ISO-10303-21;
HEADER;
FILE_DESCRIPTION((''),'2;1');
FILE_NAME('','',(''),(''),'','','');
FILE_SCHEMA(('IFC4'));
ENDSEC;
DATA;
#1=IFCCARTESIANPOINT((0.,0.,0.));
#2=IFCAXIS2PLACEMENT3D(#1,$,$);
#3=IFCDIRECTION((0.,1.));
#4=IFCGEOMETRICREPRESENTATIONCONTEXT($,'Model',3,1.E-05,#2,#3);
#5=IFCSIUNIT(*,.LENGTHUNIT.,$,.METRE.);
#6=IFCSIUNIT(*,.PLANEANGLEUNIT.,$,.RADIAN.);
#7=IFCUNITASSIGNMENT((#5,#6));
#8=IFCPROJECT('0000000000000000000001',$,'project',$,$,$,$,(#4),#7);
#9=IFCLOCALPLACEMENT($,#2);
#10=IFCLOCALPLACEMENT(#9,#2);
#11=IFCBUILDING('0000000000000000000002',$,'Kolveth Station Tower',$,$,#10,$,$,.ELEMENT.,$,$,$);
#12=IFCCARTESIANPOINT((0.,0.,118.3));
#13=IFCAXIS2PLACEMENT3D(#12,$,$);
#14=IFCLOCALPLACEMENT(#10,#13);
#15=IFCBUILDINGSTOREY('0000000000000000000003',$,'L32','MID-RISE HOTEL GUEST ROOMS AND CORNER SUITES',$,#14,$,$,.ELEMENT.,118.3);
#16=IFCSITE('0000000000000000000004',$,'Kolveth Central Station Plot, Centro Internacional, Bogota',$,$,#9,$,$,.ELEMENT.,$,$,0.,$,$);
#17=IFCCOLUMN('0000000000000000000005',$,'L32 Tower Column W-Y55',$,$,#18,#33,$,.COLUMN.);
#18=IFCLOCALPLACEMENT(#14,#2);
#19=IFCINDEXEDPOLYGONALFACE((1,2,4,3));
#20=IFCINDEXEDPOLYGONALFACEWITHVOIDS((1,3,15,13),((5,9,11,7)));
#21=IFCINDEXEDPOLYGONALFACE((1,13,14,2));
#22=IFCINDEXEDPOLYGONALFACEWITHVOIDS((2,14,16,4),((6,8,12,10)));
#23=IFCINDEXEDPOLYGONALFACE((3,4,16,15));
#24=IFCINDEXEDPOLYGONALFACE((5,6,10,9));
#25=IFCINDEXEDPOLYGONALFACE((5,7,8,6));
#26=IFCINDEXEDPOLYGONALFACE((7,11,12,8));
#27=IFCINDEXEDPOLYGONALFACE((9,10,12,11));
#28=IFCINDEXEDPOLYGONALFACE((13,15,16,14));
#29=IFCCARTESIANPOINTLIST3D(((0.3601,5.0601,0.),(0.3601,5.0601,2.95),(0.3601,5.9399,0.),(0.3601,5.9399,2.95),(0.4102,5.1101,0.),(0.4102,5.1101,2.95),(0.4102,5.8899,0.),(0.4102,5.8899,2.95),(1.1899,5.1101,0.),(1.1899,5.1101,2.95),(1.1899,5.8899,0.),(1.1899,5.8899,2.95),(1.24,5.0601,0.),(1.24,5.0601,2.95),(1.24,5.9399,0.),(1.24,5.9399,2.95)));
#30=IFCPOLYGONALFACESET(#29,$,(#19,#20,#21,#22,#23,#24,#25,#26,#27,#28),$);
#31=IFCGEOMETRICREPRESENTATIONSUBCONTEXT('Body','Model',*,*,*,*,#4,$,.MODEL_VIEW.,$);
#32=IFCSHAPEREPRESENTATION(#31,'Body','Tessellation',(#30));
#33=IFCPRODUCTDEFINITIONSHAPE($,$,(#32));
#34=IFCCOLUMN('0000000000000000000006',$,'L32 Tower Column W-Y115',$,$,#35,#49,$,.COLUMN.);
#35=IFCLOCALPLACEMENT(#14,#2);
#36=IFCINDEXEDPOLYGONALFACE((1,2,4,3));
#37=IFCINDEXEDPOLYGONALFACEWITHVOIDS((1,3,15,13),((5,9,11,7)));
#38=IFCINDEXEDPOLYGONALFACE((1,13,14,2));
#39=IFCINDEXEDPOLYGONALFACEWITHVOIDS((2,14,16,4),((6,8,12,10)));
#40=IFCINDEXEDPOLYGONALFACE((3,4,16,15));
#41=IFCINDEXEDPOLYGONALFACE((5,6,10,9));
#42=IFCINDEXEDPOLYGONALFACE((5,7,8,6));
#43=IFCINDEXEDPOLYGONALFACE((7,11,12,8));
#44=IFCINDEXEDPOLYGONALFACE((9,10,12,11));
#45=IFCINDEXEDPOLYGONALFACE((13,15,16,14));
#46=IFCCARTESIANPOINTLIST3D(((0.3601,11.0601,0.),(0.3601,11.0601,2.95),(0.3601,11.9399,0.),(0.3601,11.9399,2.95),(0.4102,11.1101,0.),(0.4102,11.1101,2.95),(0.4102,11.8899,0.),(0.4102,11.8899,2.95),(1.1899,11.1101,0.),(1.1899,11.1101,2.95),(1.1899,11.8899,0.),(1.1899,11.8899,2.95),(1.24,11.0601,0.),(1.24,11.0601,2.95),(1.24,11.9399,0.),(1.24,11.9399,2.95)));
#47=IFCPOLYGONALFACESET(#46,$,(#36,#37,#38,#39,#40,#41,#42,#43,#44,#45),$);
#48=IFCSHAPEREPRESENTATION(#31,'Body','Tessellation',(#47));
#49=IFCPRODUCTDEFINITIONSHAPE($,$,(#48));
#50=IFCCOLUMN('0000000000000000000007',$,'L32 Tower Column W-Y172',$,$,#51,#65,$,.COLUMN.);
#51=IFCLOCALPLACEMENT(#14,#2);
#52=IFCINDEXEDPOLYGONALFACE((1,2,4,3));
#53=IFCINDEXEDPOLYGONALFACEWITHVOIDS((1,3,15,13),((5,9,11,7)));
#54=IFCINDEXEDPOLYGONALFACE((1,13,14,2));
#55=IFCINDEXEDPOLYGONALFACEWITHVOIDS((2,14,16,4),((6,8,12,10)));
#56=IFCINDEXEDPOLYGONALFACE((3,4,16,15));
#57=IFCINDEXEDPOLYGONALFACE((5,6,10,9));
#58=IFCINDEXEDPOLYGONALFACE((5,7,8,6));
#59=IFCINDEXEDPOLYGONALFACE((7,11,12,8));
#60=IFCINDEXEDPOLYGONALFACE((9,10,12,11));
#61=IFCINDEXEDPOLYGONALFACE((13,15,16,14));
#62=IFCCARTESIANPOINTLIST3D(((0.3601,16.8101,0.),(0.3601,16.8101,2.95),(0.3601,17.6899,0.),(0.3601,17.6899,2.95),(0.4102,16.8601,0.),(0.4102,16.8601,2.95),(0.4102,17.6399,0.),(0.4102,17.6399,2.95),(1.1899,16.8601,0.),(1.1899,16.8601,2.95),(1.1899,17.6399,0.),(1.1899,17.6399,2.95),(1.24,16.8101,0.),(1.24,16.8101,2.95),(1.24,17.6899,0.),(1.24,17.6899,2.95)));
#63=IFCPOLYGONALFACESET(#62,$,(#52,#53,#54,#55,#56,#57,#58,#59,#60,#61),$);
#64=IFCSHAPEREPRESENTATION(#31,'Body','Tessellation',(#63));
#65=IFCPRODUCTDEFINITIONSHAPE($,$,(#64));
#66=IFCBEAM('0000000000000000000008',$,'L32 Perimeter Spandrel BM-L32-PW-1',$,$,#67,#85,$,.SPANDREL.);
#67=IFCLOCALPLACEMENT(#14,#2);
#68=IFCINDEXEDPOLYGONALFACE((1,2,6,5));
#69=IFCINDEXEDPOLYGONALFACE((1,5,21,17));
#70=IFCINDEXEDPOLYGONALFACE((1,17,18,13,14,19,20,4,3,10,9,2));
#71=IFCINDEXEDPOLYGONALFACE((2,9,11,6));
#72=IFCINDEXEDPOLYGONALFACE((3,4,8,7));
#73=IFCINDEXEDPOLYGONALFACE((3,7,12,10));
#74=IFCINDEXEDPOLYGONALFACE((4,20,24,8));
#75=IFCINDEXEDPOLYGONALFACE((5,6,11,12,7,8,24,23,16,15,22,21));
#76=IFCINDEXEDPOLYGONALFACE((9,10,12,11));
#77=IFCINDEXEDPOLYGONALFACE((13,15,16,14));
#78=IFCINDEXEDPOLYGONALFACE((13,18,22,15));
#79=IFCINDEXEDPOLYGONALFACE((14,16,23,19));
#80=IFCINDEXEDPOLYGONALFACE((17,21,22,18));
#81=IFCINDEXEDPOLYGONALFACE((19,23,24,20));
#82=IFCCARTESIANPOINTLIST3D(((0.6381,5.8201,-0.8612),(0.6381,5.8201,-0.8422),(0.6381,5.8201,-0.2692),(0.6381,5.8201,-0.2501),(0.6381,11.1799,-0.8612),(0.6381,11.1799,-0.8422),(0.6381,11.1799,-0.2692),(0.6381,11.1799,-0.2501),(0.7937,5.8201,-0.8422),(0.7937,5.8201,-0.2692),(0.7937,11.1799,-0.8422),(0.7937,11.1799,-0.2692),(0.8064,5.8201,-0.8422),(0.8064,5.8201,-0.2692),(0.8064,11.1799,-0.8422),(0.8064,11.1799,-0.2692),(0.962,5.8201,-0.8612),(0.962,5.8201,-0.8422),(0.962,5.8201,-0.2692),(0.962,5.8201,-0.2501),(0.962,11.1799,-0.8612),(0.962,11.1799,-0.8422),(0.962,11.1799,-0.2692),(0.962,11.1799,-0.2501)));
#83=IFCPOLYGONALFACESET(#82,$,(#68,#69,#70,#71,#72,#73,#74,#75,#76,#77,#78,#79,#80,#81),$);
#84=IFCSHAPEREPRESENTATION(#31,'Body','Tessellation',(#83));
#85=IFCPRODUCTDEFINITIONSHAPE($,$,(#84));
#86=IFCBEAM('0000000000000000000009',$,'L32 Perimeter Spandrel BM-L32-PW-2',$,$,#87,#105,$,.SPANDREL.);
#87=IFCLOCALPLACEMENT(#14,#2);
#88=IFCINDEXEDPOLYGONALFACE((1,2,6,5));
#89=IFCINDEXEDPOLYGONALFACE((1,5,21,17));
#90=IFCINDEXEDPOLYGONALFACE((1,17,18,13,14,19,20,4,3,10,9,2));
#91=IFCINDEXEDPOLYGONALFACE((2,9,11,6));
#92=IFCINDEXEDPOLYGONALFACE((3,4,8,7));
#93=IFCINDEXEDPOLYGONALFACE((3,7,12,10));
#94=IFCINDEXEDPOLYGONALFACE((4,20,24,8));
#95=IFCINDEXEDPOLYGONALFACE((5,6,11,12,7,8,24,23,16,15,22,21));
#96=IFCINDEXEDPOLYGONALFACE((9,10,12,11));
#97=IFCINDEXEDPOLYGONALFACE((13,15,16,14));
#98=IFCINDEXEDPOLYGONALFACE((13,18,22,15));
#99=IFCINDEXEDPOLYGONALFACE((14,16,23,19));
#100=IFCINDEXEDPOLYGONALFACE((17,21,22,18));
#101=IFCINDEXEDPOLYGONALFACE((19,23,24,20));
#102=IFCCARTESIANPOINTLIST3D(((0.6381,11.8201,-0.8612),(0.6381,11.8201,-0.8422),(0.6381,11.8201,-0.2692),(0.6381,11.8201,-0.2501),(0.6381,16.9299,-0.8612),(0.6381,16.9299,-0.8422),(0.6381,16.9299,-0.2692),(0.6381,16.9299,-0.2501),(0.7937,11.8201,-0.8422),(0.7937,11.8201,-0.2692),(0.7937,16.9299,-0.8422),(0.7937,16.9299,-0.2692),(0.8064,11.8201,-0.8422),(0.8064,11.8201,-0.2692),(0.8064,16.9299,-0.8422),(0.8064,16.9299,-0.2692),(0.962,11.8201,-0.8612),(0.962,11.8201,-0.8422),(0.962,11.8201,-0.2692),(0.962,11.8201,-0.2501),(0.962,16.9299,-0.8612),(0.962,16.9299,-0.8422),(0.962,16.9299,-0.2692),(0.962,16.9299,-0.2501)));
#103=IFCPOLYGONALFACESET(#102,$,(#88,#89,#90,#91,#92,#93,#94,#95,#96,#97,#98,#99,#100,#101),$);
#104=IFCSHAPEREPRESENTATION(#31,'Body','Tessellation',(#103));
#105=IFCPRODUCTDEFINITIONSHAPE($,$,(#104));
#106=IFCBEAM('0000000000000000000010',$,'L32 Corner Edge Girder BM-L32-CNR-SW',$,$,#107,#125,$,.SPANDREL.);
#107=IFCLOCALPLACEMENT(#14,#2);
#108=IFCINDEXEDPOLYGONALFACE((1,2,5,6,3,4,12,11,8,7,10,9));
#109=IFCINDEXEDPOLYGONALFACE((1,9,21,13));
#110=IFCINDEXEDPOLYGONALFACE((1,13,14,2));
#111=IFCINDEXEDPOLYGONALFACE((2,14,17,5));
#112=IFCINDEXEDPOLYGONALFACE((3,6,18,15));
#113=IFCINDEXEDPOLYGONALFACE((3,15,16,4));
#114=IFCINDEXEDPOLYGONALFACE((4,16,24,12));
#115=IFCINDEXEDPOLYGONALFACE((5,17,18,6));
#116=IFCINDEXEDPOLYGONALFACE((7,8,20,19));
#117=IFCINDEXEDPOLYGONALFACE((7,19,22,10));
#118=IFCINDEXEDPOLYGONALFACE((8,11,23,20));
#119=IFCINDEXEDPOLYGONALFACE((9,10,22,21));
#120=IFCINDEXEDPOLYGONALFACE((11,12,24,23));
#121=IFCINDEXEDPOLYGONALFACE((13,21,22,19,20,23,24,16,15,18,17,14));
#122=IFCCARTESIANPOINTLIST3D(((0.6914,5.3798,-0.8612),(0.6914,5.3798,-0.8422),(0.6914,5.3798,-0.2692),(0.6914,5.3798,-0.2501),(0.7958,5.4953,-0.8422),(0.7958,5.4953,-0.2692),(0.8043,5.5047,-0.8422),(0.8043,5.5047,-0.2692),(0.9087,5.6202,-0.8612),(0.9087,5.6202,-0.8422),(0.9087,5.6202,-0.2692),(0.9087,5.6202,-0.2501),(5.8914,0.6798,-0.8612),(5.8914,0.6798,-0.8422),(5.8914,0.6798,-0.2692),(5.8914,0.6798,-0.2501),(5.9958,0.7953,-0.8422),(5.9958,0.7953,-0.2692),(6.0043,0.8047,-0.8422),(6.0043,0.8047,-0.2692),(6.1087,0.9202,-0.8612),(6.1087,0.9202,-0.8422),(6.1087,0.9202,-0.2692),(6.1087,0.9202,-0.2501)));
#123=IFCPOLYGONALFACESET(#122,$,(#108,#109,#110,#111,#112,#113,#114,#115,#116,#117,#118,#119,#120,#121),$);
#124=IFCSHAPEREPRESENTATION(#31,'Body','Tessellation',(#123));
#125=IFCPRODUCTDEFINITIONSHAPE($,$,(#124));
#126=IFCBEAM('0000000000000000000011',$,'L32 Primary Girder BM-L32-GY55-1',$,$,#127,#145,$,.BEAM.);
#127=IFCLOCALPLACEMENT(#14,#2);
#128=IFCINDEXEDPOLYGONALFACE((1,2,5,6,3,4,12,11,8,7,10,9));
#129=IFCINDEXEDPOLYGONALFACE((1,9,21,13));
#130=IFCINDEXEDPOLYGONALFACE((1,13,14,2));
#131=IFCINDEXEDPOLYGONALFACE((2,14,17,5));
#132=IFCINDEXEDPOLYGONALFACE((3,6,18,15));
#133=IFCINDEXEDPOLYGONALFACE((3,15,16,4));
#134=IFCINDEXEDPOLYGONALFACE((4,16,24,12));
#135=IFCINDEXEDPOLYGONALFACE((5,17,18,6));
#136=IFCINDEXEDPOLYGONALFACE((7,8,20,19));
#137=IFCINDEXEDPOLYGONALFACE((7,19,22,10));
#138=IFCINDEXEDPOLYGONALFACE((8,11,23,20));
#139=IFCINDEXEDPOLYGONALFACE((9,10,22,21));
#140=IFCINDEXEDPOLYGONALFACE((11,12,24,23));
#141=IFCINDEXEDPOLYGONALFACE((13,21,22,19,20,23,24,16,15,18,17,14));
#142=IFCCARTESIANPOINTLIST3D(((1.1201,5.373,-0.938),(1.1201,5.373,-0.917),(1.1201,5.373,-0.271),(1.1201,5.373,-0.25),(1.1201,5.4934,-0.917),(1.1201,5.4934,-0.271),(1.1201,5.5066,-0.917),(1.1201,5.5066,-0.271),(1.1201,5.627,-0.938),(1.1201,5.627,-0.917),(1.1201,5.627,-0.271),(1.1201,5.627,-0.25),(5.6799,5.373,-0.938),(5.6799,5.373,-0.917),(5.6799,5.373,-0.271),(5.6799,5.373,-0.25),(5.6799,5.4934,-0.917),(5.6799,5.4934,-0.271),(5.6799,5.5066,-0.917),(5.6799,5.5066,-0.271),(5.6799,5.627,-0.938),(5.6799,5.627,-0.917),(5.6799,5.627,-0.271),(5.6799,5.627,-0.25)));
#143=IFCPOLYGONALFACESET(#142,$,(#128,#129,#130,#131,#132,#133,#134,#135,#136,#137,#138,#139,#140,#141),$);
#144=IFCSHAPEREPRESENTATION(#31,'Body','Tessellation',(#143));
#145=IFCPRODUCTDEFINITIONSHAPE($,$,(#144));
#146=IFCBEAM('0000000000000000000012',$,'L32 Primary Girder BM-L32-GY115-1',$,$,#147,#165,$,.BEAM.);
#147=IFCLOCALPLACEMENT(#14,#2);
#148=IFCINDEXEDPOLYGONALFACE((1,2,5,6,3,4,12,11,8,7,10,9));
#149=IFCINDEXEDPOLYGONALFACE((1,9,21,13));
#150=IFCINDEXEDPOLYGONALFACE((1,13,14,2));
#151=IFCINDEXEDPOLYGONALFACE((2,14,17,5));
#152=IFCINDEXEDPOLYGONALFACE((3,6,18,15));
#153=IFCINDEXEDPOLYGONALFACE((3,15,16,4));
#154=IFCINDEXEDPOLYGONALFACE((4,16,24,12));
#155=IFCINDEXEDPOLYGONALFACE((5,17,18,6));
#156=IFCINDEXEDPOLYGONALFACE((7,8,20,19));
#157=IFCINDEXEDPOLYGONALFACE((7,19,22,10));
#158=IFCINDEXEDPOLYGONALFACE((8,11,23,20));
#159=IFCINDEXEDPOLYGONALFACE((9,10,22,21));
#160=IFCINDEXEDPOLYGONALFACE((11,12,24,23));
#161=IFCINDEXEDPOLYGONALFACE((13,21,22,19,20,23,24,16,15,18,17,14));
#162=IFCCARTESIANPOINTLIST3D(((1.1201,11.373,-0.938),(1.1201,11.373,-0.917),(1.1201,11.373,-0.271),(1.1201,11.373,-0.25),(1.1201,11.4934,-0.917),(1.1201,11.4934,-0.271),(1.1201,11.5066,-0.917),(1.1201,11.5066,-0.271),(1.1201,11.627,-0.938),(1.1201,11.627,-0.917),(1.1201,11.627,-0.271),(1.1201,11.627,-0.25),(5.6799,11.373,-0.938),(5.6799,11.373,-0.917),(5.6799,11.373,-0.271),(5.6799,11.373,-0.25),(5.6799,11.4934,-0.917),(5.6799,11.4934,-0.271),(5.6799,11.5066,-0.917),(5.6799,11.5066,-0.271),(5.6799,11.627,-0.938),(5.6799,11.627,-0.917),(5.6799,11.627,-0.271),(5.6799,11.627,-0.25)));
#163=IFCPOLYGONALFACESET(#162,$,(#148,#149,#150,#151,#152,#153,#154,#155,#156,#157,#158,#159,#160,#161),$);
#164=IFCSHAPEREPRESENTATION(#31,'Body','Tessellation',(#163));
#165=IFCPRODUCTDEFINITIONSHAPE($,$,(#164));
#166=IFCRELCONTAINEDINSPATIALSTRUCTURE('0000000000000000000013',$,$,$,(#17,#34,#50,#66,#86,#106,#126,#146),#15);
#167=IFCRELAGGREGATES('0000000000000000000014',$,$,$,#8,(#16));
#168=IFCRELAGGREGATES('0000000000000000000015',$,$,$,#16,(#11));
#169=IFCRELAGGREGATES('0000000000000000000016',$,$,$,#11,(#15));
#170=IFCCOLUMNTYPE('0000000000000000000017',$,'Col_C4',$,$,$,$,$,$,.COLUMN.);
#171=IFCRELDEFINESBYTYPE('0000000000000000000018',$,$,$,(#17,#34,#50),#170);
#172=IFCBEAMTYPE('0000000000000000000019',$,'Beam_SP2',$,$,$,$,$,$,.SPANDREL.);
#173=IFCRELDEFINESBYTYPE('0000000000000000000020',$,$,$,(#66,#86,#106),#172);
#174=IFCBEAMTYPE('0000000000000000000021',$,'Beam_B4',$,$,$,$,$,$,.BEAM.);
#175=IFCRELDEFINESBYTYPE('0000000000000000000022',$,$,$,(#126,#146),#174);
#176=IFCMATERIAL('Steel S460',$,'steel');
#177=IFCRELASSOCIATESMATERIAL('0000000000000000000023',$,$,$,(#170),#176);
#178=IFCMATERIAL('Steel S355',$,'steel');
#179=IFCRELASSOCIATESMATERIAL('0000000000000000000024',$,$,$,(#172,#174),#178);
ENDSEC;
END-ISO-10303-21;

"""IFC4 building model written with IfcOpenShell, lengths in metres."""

from ifc_helpers import new_model, si_unit, direction, frame, origin, origin_2d, place, context, subcontext, project, spatial, hollow_rectangle, i_section, extrude, source, transform, mapped, material, material_profile, profile_set, type_object, element, save


model = new_model("IFC4")

# Units and contexts
model_context = context("Model", 3, precision=1e-05, world=origin(), true_north=direction((0.0, 1.0)))
body_context = subcontext(model_context, "Body", "Model", "MODEL_VIEW")
ifc_project = project(units=[si_unit("LENGTHUNIT", "METRE"), si_unit("PLANEANGLEUNIT", "RADIAN")], contexts=[model_context])

# Site, building, storey
site_placement = place(None, origin())
site = spatial("IfcSite", under=ifc_project, at=site_placement, Name="Kolveth Central Station Plot, Centro Internacional, Bogota", CompositionType="ELEMENT", RefElevation=0.0)
building_placement = place(site_placement, origin())
building = spatial("IfcBuilding", under=site, at=building_placement, Name="Kolveth Station Tower", CompositionType="ELEMENT")
storey_placement = place(building_placement, frame((0.0, 0.0, 118.3)))
storey = spatial("IfcBuildingStorey", under=building, at=storey_placement, Name="L32", Description="MID-RISE HOTEL GUEST ROOMS AND CORNER SUITES", CompositionType="ELEMENT", Elevation=118.3)

# Columns
ifc_material_1 = material(Name="Steel S460", Category="steel")
ifc_material_profile_1 = material_profile(ifc_material_1, hollow_rectangle(XDim=0.8799, YDim=0.8799, WallThickness=0.05, at=origin_2d()), Name="BOX880x880x50")
ifc_profile_set_1 = profile_set([ifc_material_profile_1], Name="Steel S460")
column_type = type_object("IfcColumnType", Name="Col_C4", PredefinedType="COLUMN", material=ifc_profile_set_1)
shared_shape_1 = source(origin(), body_context, "Body", "SweptSolid", [
    extrude(hollow_rectangle(XDim=0.8799, YDim=0.8799, WallThickness=0.05, at=origin_2d()), origin(), (0.0, 0.0, 1.0), 2.95),
])
for number, where, z_axis, x_axis, name in (
    (1, (0.8, 5.5, 0.0), (0.0, 0.0, 1.0), (1.0, 0.0, 0.0), "L32 Tower Column W-Y55"),
    (2, (0.8, 11.5, 0.0), (0.0, 0.0, 1.0), (1.0, 0.0, 0.0), "L32 Tower Column W-Y115"),
    (3, (0.8, 17.25, 0.0), (0.0, 0.0, 1.0), (1.0, 0.0, 0.0), "L32 Tower Column W-Y172"),
):
    element("IfcColumn", number, at=place(storey_placement, frame(where, z_axis=z_axis, x_axis=x_axis)), inside=storey, type_object=column_type, Name=name, PredefinedType="COLUMN", context=body_context, shape_type="MappedRepresentation", body=[
        mapped(shared_shape_1, transform((0.0, 0.0, 0.0), x_axis=(1.0, 0.0, 0.0), y_axis=(0.0, 1.0, 0.0), z_axis=(0.0, 0.0, 1.0), scale=1.0)),
    ])

# Beams
ifc_material_2 = material(Name="Steel S355", Category="steel")
ifc_material_profile_2 = material_profile(ifc_material_2, i_section(OverallWidth=0.324, OverallDepth=0.6111, WebThickness=0.0127, FlangeThickness=0.019, at=origin_2d()), Name="W610x155")
ifc_profile_set_2 = profile_set([ifc_material_profile_2], Name="Steel S355")
beam_type_1 = type_object("IfcBeamType", Name="Beam_SP2", PredefinedType="SPANDREL", material=ifc_profile_set_2)
shared_shape_2 = source(origin(), body_context, "Body", "SweptSolid", [
    extrude(i_section(OverallWidth=0.324, OverallDepth=0.6111, WebThickness=0.0127, FlangeThickness=0.019, at=origin_2d()), origin(), (0.0, 0.0, 1.0), 5.3599),
])
beam_1_placement = place(storey_placement, frame((0.8, 5.8201, -0.5557), z_axis=(0.0, 1.0, 0.0), x_axis=(-1.0, 0.0, 0.0)))
element("IfcBeam", 4, at=beam_1_placement, inside=storey, type_object=beam_type_1, Name="L32 Perimeter Spandrel BM-L32-PW-1", PredefinedType="SPANDREL", context=body_context, shape_type="MappedRepresentation", body=[
    mapped(shared_shape_2, transform((0.0, 0.0, 0.0), x_axis=(1.0, 0.0, 0.0), y_axis=(0.0, 1.0, 0.0), z_axis=(0.0, 0.0, 1.0), scale=1.0)),
])
shared_shape_3 = source(origin(), body_context, "Body", "SweptSolid", [
    extrude(i_section(OverallWidth=0.324, OverallDepth=0.6111, WebThickness=0.0127, FlangeThickness=0.019, at=origin_2d()), origin(), (0.0, 0.0, 1.0), 5.1099),
])
beam_2_placement = place(storey_placement, frame((0.8, 11.8201, -0.5557), z_axis=(0.0, 1.0, 0.0), x_axis=(-1.0, 0.0, 0.0)))
element("IfcBeam", 5, at=beam_2_placement, inside=storey, type_object=beam_type_1, Name="L32 Perimeter Spandrel BM-L32-PW-2", PredefinedType="SPANDREL", context=body_context, shape_type="MappedRepresentation", body=[
    mapped(shared_shape_3, transform((0.0, 0.0, 0.0), x_axis=(1.0, 0.0, 0.0), y_axis=(0.0, 1.0, 0.0), z_axis=(0.0, 0.0, 1.0), scale=1.0)),
])
shared_shape_4 = source(origin(), body_context, "Body", "SweptSolid", [
    extrude(i_section(OverallWidth=0.324, OverallDepth=0.6111, WebThickness=0.0127, FlangeThickness=0.019, at=origin_2d()), origin(), (0.0, 0.0, 1.0), 7.0093),
])
beam_3_placement = place(storey_placement, frame((0.8, 5.5, -0.5557), z_axis=(0.741874, -0.670539, 0.0), x_axis=(0.670539, 0.741874, 0.0)))
element("IfcBeam", 6, at=beam_3_placement, inside=storey, type_object=beam_type_1, Name="L32 Corner Edge Girder BM-L32-CNR-SW", PredefinedType="SPANDREL", context=body_context, shape_type="MappedRepresentation", body=[
    mapped(shared_shape_4, transform((0.0, 0.0, 0.0), x_axis=(1.0, 0.0, 0.0), y_axis=(0.0, 1.0, 0.0), z_axis=(0.0, 0.0, 1.0), scale=1.0)),
])
ifc_material_profile_3 = material_profile(ifc_material_2, i_section(OverallWidth=0.2539, OverallDepth=0.688, WebThickness=0.0132, FlangeThickness=0.021, at=origin_2d()), Name="W690x152")
ifc_profile_set_3 = profile_set([ifc_material_profile_3], Name="Steel S355")
beam_type_2 = type_object("IfcBeamType", Name="Beam_B4", PredefinedType="BEAM", material=ifc_profile_set_3)
shared_shape_5 = source(origin(), body_context, "Body", "SweptSolid", [
    extrude(i_section(OverallWidth=0.2539, OverallDepth=0.688, WebThickness=0.0132, FlangeThickness=0.021, at=origin_2d()), origin(), (0.0, 0.0, 1.0), 4.5598),
])
for number, where, z_axis, x_axis, name in (
    (7, (1.1201, 5.5, -0.594), (1.0, 0.0, 0.0), (0.0, 1.0, 0.0), "L32 Primary Girder BM-L32-GY55-1"),
    (8, (1.1201, 11.5, -0.594), (1.0, 0.0, 0.0), (0.0, 1.0, 0.0), "L32 Primary Girder BM-L32-GY115-1"),
):
    element("IfcBeam", number, at=place(storey_placement, frame(where, z_axis=z_axis, x_axis=x_axis)), inside=storey, type_object=beam_type_2, Name=name, PredefinedType="BEAM", context=body_context, shape_type="MappedRepresentation", body=[
        mapped(shared_shape_5, transform((0.0, 0.0, 0.0), x_axis=(1.0, 0.0, 0.0), y_axis=(0.0, 1.0, 0.0), z_axis=(0.0, 0.0, 1.0), scale=1.0)),
    ])

save(model, "model.ifc")
